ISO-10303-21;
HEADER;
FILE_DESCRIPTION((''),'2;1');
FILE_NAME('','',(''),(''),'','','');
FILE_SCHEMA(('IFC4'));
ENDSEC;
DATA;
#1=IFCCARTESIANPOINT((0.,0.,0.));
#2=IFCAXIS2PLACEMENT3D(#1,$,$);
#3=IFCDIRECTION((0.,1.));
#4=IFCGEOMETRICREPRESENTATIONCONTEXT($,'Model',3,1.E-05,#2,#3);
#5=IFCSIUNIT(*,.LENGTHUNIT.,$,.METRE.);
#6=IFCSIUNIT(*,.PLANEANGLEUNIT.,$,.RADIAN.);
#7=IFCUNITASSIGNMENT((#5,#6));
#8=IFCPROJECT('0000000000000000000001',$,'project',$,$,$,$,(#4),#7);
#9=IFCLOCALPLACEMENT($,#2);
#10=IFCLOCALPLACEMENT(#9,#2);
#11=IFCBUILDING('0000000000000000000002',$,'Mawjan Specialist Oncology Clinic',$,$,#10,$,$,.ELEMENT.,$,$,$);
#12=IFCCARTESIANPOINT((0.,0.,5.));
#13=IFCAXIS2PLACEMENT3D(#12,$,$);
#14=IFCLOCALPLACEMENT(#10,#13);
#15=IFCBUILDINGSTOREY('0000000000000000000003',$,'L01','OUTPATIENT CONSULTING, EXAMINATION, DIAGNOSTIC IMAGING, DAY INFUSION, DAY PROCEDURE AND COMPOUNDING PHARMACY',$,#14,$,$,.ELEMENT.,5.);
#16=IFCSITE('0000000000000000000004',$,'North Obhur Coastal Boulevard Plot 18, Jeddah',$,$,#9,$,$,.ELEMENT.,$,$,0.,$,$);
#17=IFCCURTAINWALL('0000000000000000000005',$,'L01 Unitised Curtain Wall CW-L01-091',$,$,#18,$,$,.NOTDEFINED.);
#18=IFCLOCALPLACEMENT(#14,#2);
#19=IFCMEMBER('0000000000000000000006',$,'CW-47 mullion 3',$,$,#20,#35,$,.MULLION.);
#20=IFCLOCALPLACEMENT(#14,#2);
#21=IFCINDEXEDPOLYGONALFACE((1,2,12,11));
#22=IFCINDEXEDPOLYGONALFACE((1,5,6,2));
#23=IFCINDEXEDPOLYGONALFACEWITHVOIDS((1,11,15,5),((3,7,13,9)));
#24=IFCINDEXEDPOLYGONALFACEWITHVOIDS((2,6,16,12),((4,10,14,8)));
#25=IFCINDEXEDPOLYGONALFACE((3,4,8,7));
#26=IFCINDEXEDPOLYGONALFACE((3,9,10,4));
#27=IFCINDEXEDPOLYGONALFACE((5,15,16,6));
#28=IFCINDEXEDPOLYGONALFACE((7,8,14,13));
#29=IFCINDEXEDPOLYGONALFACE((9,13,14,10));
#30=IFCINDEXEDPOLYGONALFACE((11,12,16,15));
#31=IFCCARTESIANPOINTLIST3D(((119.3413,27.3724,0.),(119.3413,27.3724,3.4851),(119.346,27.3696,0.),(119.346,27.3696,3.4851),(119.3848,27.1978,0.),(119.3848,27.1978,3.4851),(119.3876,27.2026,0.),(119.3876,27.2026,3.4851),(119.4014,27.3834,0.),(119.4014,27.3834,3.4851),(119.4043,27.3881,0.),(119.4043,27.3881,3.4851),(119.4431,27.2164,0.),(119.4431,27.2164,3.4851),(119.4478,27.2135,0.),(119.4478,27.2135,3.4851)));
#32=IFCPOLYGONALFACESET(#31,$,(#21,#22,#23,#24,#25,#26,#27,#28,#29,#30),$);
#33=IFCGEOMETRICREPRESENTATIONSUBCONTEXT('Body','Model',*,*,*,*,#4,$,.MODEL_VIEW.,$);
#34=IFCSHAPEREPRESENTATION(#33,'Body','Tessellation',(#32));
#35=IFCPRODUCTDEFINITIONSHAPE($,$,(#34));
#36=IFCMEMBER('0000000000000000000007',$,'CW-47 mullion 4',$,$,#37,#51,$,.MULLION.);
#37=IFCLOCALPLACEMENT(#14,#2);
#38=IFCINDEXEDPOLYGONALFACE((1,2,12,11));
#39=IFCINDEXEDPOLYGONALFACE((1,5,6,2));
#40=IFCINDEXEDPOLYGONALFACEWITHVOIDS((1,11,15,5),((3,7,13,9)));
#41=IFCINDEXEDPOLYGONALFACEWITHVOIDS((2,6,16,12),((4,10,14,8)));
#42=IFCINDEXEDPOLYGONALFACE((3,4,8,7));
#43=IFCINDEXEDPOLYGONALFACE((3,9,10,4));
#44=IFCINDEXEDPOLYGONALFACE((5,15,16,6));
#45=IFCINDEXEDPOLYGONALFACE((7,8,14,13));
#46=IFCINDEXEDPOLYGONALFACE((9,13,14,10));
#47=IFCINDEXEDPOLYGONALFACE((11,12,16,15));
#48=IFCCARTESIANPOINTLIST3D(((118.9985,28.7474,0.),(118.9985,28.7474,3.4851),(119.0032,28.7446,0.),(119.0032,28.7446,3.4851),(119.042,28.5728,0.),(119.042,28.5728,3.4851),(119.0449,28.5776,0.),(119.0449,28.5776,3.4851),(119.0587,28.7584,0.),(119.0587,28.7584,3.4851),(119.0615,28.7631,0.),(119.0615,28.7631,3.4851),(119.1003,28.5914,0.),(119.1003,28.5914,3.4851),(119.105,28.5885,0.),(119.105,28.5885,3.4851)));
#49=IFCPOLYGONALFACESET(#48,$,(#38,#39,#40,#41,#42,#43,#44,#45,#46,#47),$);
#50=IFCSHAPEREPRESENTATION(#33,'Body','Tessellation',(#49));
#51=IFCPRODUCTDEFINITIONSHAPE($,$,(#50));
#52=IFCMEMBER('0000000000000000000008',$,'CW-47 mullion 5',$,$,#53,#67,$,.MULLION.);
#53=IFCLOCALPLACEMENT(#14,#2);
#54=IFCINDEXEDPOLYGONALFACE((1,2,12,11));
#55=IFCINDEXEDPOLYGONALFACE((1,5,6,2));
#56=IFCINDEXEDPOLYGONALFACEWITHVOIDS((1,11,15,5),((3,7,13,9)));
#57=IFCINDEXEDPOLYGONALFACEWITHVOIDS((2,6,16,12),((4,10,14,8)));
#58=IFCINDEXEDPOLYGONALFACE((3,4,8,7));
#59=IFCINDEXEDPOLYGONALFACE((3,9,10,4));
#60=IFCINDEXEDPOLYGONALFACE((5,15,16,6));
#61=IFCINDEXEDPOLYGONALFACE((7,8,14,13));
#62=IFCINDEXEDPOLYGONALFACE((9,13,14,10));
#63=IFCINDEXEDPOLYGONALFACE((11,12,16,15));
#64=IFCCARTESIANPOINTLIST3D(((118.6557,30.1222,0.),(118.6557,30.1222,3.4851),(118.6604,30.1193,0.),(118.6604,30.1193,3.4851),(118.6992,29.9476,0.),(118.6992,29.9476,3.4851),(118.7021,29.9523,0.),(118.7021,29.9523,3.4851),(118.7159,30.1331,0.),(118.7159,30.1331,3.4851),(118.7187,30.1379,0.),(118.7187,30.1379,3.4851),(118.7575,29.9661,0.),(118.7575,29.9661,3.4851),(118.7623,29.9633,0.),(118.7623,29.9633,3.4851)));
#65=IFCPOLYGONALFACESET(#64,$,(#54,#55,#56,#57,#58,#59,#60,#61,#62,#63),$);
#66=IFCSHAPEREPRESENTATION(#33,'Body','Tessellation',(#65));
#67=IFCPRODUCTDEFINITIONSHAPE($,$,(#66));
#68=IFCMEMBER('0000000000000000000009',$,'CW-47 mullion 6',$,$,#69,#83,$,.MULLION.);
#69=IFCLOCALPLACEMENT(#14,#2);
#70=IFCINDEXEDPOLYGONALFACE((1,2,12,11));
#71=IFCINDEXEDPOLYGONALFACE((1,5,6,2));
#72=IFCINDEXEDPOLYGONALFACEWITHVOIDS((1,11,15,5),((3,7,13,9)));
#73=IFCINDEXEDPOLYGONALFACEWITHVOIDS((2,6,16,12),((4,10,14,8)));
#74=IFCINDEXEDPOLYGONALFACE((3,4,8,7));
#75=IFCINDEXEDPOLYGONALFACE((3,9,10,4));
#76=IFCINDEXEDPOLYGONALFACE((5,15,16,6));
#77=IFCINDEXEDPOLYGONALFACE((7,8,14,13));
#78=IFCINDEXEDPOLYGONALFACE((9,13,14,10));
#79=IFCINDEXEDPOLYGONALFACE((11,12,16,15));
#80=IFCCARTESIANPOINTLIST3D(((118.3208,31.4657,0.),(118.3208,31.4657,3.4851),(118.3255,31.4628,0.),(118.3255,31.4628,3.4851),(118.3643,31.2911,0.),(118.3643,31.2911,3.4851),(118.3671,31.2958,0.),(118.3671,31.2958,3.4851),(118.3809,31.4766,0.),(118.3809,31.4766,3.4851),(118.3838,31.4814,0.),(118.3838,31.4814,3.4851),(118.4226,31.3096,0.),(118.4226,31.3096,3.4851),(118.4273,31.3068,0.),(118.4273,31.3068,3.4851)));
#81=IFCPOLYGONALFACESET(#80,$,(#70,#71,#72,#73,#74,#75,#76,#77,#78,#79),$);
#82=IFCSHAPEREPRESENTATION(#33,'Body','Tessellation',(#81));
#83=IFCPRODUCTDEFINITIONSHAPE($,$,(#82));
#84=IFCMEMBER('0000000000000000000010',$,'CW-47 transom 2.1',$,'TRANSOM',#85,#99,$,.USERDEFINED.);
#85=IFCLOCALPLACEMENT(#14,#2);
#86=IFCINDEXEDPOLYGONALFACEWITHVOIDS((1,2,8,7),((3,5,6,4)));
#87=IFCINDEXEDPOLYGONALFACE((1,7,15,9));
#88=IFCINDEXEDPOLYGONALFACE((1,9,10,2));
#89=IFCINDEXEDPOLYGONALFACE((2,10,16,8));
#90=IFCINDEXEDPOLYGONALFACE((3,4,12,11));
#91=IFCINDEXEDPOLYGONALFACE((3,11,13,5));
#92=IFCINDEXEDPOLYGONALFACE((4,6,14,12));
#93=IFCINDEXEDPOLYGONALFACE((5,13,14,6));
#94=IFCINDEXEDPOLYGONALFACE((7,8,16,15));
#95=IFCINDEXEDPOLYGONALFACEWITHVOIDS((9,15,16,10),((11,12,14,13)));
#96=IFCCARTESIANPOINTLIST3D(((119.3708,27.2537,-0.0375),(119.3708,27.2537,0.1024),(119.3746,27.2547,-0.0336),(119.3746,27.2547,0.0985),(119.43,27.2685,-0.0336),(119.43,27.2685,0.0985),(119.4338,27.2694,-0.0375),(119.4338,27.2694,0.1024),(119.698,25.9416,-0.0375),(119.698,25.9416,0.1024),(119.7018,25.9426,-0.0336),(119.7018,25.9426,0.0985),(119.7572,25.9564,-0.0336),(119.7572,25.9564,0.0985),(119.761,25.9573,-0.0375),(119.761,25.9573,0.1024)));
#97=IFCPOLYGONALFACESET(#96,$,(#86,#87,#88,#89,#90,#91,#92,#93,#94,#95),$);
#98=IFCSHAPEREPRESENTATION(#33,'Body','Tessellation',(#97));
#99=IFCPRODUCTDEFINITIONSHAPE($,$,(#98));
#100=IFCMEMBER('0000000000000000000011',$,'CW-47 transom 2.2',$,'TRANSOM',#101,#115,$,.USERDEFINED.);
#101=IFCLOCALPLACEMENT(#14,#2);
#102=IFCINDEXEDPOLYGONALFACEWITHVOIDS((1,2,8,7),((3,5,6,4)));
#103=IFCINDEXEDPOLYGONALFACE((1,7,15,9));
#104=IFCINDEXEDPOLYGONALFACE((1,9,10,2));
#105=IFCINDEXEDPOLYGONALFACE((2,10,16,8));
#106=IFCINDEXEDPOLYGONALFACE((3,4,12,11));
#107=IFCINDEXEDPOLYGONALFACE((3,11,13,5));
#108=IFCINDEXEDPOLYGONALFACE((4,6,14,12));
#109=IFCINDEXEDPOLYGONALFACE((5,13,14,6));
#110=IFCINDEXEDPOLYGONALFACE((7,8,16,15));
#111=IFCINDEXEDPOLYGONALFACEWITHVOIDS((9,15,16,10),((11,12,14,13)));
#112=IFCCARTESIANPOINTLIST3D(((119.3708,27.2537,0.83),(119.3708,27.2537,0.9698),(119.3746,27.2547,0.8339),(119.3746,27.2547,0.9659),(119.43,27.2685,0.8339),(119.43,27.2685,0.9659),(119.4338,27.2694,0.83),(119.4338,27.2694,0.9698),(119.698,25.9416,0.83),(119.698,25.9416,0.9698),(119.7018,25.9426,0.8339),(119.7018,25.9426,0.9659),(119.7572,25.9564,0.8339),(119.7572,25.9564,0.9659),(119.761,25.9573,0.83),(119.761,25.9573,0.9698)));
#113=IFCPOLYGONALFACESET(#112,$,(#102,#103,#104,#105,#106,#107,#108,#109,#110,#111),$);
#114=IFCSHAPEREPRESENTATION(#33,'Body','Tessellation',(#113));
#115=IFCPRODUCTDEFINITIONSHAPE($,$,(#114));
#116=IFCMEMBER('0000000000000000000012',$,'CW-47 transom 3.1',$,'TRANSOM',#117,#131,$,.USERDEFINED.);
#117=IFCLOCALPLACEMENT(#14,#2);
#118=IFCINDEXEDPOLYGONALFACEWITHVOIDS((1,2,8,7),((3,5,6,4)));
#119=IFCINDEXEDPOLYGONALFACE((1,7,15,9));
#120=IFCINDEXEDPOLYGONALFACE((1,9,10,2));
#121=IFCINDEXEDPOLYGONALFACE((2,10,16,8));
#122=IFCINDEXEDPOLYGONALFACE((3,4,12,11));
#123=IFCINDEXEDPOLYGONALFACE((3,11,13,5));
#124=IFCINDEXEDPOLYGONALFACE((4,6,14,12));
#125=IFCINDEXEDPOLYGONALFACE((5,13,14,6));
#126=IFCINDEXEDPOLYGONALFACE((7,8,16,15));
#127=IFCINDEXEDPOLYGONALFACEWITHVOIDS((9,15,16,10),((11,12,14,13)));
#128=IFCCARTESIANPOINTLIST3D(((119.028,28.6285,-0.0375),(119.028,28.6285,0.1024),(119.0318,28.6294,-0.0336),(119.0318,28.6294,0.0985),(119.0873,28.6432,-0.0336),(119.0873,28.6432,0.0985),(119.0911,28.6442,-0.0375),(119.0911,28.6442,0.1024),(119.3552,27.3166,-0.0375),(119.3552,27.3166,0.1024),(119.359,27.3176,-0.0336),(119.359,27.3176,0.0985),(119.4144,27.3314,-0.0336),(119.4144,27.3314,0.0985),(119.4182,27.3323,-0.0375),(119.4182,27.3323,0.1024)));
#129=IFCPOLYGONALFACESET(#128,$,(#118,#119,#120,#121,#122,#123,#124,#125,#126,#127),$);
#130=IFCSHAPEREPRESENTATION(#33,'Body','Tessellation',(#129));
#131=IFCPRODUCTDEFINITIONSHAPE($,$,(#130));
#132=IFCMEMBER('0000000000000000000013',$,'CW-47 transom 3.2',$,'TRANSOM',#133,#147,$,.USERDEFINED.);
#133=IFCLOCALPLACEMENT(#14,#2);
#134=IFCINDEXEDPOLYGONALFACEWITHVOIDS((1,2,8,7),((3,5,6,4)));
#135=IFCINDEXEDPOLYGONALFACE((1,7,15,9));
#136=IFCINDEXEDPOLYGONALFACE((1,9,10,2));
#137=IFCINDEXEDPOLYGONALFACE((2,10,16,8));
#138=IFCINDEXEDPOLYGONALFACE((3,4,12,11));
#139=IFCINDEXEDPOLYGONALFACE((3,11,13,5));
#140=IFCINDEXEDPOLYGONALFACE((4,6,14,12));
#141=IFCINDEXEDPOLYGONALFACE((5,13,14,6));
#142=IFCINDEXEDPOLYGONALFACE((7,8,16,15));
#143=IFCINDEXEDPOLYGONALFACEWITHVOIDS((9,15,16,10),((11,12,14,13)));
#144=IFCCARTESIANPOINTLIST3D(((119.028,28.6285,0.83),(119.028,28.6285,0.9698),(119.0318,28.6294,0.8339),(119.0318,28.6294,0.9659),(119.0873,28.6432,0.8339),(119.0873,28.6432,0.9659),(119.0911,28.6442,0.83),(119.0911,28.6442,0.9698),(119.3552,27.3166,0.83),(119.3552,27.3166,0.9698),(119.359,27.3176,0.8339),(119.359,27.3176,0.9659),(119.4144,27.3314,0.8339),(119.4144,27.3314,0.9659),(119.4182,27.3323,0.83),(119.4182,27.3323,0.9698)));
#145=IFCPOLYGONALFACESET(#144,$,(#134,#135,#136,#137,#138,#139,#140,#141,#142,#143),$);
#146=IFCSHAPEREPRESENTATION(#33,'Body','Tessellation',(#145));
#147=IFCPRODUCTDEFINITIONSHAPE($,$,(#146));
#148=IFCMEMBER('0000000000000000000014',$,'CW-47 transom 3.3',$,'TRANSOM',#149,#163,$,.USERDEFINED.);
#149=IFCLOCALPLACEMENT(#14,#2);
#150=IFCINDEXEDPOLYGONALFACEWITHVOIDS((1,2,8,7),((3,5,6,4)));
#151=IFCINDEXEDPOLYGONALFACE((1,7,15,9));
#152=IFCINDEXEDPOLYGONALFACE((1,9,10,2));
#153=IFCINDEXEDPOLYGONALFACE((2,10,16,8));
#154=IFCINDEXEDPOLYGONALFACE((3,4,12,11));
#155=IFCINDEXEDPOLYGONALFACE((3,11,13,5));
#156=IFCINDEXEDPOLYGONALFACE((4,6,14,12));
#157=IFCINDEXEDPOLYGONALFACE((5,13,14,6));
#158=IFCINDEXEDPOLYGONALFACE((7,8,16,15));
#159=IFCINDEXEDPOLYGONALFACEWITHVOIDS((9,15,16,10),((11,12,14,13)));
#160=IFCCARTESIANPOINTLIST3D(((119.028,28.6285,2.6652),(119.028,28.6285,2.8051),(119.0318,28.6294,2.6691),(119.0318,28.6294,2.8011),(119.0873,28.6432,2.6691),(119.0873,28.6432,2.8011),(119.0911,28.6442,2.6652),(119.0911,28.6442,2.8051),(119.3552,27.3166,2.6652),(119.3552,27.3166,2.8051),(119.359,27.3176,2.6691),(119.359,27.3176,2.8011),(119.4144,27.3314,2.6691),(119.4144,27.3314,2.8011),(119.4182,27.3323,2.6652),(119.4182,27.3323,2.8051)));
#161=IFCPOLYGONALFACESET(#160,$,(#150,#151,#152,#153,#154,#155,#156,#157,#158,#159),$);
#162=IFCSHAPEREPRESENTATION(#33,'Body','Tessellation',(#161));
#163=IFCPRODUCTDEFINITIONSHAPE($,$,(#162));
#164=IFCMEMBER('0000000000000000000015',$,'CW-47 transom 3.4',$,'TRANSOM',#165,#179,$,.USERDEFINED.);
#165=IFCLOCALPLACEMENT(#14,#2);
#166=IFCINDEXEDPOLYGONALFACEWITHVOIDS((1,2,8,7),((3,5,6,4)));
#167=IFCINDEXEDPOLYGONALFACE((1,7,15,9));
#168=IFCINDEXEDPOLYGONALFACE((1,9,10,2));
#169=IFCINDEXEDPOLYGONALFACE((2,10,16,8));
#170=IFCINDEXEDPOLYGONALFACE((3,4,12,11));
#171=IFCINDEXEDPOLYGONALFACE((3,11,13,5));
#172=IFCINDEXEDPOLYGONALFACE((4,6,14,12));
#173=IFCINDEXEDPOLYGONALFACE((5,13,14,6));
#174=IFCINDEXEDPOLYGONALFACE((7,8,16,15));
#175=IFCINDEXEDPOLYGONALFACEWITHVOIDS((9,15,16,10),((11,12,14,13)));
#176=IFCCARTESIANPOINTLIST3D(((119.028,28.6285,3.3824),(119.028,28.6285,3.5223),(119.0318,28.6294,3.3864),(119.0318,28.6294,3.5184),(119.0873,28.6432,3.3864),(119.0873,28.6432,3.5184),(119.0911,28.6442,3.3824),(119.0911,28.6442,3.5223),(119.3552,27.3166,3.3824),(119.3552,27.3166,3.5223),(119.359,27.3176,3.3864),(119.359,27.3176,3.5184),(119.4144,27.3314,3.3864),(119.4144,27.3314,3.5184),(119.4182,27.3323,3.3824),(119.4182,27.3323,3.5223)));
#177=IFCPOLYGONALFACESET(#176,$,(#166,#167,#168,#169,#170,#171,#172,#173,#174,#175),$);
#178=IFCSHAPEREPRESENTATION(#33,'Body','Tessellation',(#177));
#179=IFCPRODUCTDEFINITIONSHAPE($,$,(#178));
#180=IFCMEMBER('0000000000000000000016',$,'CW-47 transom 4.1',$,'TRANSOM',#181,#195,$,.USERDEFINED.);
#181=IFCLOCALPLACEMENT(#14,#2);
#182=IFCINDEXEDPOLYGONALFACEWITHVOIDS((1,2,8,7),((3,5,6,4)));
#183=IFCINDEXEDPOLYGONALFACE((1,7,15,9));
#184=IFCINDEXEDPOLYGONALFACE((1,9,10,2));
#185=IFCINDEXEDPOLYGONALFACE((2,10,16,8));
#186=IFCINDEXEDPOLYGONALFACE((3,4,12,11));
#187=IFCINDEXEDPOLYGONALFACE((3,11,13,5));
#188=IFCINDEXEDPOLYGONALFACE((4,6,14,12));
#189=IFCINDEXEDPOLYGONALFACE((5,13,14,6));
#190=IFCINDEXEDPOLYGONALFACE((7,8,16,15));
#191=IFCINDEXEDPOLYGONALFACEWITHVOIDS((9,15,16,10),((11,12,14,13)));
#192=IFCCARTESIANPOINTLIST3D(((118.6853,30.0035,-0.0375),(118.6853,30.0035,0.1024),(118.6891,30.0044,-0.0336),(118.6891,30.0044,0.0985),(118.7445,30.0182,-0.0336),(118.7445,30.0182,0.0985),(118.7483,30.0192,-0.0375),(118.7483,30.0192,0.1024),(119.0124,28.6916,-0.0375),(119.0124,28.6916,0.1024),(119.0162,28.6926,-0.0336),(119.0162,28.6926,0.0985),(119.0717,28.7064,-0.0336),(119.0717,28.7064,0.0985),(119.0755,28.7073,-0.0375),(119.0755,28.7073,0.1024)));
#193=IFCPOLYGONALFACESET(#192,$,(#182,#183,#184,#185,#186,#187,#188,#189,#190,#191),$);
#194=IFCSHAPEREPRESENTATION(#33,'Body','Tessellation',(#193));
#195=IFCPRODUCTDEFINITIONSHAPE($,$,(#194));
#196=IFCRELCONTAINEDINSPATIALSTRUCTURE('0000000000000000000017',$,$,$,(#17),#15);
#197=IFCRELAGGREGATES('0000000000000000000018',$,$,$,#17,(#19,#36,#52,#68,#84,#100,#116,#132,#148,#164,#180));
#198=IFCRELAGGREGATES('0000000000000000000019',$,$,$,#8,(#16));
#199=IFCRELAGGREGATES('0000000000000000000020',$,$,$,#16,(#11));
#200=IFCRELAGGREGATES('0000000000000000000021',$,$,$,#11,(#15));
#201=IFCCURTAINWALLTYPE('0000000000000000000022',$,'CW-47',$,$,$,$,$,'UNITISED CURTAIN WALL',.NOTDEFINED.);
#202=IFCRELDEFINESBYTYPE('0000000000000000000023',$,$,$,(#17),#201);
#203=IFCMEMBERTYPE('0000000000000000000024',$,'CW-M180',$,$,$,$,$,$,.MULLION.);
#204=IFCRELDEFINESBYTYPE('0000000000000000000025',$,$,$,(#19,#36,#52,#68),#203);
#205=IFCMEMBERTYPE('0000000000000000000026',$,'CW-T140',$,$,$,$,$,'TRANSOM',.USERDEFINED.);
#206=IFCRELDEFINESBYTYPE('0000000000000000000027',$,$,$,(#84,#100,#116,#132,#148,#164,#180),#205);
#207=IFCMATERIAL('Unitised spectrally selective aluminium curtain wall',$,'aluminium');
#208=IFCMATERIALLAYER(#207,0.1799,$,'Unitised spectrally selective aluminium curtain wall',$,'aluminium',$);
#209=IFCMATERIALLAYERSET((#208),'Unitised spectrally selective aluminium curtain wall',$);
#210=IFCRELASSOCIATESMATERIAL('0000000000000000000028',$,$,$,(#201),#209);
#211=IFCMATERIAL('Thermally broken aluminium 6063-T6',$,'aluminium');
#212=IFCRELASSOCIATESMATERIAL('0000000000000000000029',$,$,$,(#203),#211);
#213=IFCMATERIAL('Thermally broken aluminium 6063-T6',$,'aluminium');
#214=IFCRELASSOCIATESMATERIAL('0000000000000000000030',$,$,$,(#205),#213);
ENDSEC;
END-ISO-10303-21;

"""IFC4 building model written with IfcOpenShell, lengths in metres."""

from ifc_helpers import new_model, si_unit, direction, frame, origin, origin_2d, place, context, subcontext, project, spatial, hollow_rectangle, extrude, material, layer, layer_set, material_profile, profile_set, type_object, element, aggregate, save


model = new_model("IFC4")

# Units and contexts
model_context = context("Model", 3, precision=1e-05, world=origin(), true_north=direction((0.0, 1.0)))
body_context = subcontext(model_context, "Body", "Model", "MODEL_VIEW")
ifc_project = project(units=[si_unit("LENGTHUNIT", "METRE"), si_unit("PLANEANGLEUNIT", "RADIAN")], contexts=[model_context])

# Site, building, storey
site_placement = place(None, origin())
site = spatial("IfcSite", under=ifc_project, at=site_placement, Name="North Obhur Coastal Boulevard Plot 18, Jeddah", CompositionType="ELEMENT", RefElevation=0.0)
building_placement = place(site_placement, origin())
building = spatial("IfcBuilding", under=site, at=building_placement, Name="Mawjan Specialist Oncology Clinic", CompositionType="ELEMENT")
storey_placement = place(building_placement, frame((0.0, 0.0, 5.0)))
storey = spatial("IfcBuildingStorey", under=building, at=storey_placement, Name="L01", Description="OUTPATIENT CONSULTING, EXAMINATION, DIAGNOSTIC IMAGING, DAY INFUSION, DAY PROCEDURE AND COMPOUNDING PHARMACY", CompositionType="ELEMENT", Elevation=5.0)

# Curtain wall, members
ifc_material_1 = material(Name="Unitised spectrally selective aluminium curtain wall", Category="aluminium")
ifc_layer_1 = layer(ifc_material_1, 0.1799, Name="Unitised spectrally selective aluminium curtain wall", Category="aluminium")
ifc_layer_set_1 = layer_set([ifc_layer_1], Name="Unitised spectrally selective aluminium curtain wall")
curtain_wall_type = type_object("IfcCurtainWallType", Name="CW-47", ElementType="UNITISED CURTAIN WALL", PredefinedType="NOTDEFINED", material=ifc_layer_set_1)
curtain_wall_placement = place(storey_placement, origin())
curtain_wall = element("IfcCurtainWall", 1, at=curtain_wall_placement, inside=storey, type_object=curtain_wall_type, Name="L01 Unitised Curtain Wall CW-L01-091", PredefinedType="NOTDEFINED")
ifc_material_2 = material(Name="Thermally broken aluminium 6063-T6", Category="aluminium")
ifc_material_profile_1 = material_profile(ifc_material_2, hollow_rectangle(XDim=0.0649, YDim=0.1799, WallThickness=0.0039, at=origin_2d()), Name="ALU MULLION 180x65x4", Category="aluminium")
ifc_profile_set_1 = profile_set([ifc_material_profile_1], Name="Thermally broken aluminium 6063-T6")
member_type_1 = type_object("IfcMemberType", Name="CW-M180", PredefinedType="MULLION", material=ifc_profile_set_1)
member_1_placement = place(storey_placement, frame((119.3945, 27.293, 0.0), z_axis=(0.0, 0.0, 1.0), x_axis=(-0.970296, -0.241922, 0.0)))
member_1 = element("IfcMember", 2, at=member_1_placement, type_object=member_type_1, Name="CW-47 mullion 3", PredefinedType="MULLION", context=body_context, shape_type="SweptSolid", body=[
    extrude(hollow_rectangle(XDim=0.0649, YDim=0.1799, WallThickness=0.0039, at=origin_2d()), origin(), (0.0, 0.0, 1.0), 3.4851),
])
member_2_placement = place(storey_placement, frame((119.0518, 28.668, 0.0), z_axis=(0.0, 0.0, 1.0), x_axis=(-0.970296, -0.241922, 0.0)))
member_2 = element("IfcMember", 3, at=member_2_placement, type_object=member_type_1, Name="CW-47 mullion 4", PredefinedType="MULLION", context=body_context, shape_type="SweptSolid", body=[
    extrude(hollow_rectangle(XDim=0.0649, YDim=0.1799, WallThickness=0.0039, at=origin_2d()), origin(), (0.0, 0.0, 1.0), 3.4851),
])
member_3_placement = place(storey_placement, frame((118.709, 30.0427, 0.0), z_axis=(0.0, 0.0, 1.0), x_axis=(-0.970296, -0.241922, 0.0)))
member_3 = element("IfcMember", 4, at=member_3_placement, type_object=member_type_1, Name="CW-47 mullion 5", PredefinedType="MULLION", context=body_context, shape_type="SweptSolid", body=[
    extrude(hollow_rectangle(XDim=0.0649, YDim=0.1799, WallThickness=0.0039, at=origin_2d()), origin(), (0.0, 0.0, 1.0), 3.4851),
])
member_4_placement = place(storey_placement, frame((118.374, 31.3862, 0.0), z_axis=(0.0, 0.0, 1.0), x_axis=(-0.970296, -0.241922, 0.0)))
member_4 = element("IfcMember", 5, at=member_4_placement, type_object=member_type_1, Name="CW-47 mullion 6", PredefinedType="MULLION", context=body_context, shape_type="SweptSolid", body=[
    extrude(hollow_rectangle(XDim=0.0649, YDim=0.1799, WallThickness=0.0039, at=origin_2d()), origin(), (0.0, 0.0, 1.0), 3.4851),
])
ifc_material_3 = material(Name="Thermally broken aluminium 6063-T6", Category="aluminium")
ifc_material_profile_2 = material_profile(ifc_material_3, hollow_rectangle(XDim=0.0649, YDim=0.1399, WallThickness=0.0039, at=origin_2d()), Name="ALU TRANSOM 140x65x4", Category="aluminium")
ifc_profile_set_2 = profile_set([ifc_material_profile_2], Name="Thermally broken aluminium 6063-T6")
member_type_2 = type_object("IfcMemberType", Name="CW-T140", ElementType="TRANSOM", PredefinedType="USERDEFINED", material=ifc_profile_set_2)
member_5_placement = place(storey_placement, frame((119.7295, 25.9495, 0.0325), z_axis=(-0.241941, 0.970291, 0.0), x_axis=(-0.970291, -0.241941, 0.0)))
member_5 = element("IfcMember", 6, at=member_5_placement, type_object=member_type_2, Name="CW-47 transom 2.1", ObjectType="TRANSOM", PredefinedType="USERDEFINED", context=body_context, shape_type="SweptSolid", body=[
    extrude(hollow_rectangle(XDim=0.0649, YDim=0.1399, WallThickness=0.0039, at=origin_2d()), origin(), (0.0, 0.0, 1.0), 1.3523),
])
member_6_placement = place(storey_placement, frame((119.7295, 25.9495, 0.8999), z_axis=(-0.241941, 0.970291, 0.0), x_axis=(-0.970291, -0.241941, 0.0)))
member_6 = element("IfcMember", 7, at=member_6_placement, type_object=member_type_2, Name="CW-47 transom 2.2", ObjectType="TRANSOM", PredefinedType="USERDEFINED", context=body_context, shape_type="SweptSolid", body=[
    extrude(hollow_rectangle(XDim=0.0649, YDim=0.1399, WallThickness=0.0039, at=origin_2d()), origin(), (0.0, 0.0, 1.0), 1.3523),
])
member_7_placement = place(storey_placement, frame((119.3867, 27.3245, 0.0325), z_axis=(-0.241983, 0.97028, 0.0), x_axis=(-0.97028, -0.241983, 0.0)))
member_7 = element("IfcMember", 8, at=member_7_placement, type_object=member_type_2, Name="CW-47 transom 3.1", ObjectType="TRANSOM", PredefinedType="USERDEFINED", context=body_context, shape_type="SweptSolid", body=[
    extrude(hollow_rectangle(XDim=0.0649, YDim=0.1399, WallThickness=0.0039, at=origin_2d()), origin(), (0.0, 0.0, 1.0), 1.3521),
])
member_8_placement = place(storey_placement, frame((119.3867, 27.3245, 0.8999), z_axis=(-0.241983, 0.97028, 0.0), x_axis=(-0.97028, -0.241983, 0.0)))
member_8 = element("IfcMember", 9, at=member_8_placement, type_object=member_type_2, Name="CW-47 transom 3.2", ObjectType="TRANSOM", PredefinedType="USERDEFINED", context=body_context, shape_type="SweptSolid", body=[
    extrude(hollow_rectangle(XDim=0.0649, YDim=0.1399, WallThickness=0.0039, at=origin_2d()), origin(), (0.0, 0.0, 1.0), 1.3521),
])
member_9_placement = place(storey_placement, frame((119.3867, 27.3245, 2.7351), z_axis=(-0.241983, 0.97028, 0.0), x_axis=(-0.97028, -0.241983, 0.0)))
member_9 = element("IfcMember", 10, at=member_9_placement, type_object=member_type_2, Name="CW-47 transom 3.3", ObjectType="TRANSOM", PredefinedType="USERDEFINED", context=body_context, shape_type="SweptSolid", body=[
    extrude(hollow_rectangle(XDim=0.0649, YDim=0.1399, WallThickness=0.0039, at=origin_2d()), origin(), (0.0, 0.0, 1.0), 1.3521),
])
member_10_placement = place(storey_placement, frame((119.3867, 27.3245, 3.4524), z_axis=(-0.241983, 0.97028, 0.0), x_axis=(-0.97028, -0.241983, 0.0)))
member_10 = element("IfcMember", 11, at=member_10_placement, type_object=member_type_2, Name="CW-47 transom 3.4", ObjectType="TRANSOM", PredefinedType="USERDEFINED", context=body_context, shape_type="SweptSolid", body=[
    extrude(hollow_rectangle(XDim=0.0649, YDim=0.1399, WallThickness=0.0039, at=origin_2d()), origin(), (0.0, 0.0, 1.0), 1.3521),
])
member_11_placement = place(storey_placement, frame((119.0439, 28.6995, 0.0325), z_axis=(-0.241983, 0.97028, 0.0), x_axis=(-0.97028, -0.241983, 0.0)))
member_11 = element("IfcMember", 12, at=member_11_placement, type_object=member_type_2, Name="CW-47 transom 4.1", ObjectType="TRANSOM", PredefinedType="USERDEFINED", context=body_context, shape_type="SweptSolid", body=[
    extrude(hollow_rectangle(XDim=0.0649, YDim=0.1399, WallThickness=0.0039, at=origin_2d()), origin(), (0.0, 0.0, 1.0), 1.3521),
])
aggregate(curtain_wall, [member_1, member_2, member_3, member_4, member_5, member_6, member_7, member_8, member_9, member_10, member_11])

save(model, "model.ifc")
